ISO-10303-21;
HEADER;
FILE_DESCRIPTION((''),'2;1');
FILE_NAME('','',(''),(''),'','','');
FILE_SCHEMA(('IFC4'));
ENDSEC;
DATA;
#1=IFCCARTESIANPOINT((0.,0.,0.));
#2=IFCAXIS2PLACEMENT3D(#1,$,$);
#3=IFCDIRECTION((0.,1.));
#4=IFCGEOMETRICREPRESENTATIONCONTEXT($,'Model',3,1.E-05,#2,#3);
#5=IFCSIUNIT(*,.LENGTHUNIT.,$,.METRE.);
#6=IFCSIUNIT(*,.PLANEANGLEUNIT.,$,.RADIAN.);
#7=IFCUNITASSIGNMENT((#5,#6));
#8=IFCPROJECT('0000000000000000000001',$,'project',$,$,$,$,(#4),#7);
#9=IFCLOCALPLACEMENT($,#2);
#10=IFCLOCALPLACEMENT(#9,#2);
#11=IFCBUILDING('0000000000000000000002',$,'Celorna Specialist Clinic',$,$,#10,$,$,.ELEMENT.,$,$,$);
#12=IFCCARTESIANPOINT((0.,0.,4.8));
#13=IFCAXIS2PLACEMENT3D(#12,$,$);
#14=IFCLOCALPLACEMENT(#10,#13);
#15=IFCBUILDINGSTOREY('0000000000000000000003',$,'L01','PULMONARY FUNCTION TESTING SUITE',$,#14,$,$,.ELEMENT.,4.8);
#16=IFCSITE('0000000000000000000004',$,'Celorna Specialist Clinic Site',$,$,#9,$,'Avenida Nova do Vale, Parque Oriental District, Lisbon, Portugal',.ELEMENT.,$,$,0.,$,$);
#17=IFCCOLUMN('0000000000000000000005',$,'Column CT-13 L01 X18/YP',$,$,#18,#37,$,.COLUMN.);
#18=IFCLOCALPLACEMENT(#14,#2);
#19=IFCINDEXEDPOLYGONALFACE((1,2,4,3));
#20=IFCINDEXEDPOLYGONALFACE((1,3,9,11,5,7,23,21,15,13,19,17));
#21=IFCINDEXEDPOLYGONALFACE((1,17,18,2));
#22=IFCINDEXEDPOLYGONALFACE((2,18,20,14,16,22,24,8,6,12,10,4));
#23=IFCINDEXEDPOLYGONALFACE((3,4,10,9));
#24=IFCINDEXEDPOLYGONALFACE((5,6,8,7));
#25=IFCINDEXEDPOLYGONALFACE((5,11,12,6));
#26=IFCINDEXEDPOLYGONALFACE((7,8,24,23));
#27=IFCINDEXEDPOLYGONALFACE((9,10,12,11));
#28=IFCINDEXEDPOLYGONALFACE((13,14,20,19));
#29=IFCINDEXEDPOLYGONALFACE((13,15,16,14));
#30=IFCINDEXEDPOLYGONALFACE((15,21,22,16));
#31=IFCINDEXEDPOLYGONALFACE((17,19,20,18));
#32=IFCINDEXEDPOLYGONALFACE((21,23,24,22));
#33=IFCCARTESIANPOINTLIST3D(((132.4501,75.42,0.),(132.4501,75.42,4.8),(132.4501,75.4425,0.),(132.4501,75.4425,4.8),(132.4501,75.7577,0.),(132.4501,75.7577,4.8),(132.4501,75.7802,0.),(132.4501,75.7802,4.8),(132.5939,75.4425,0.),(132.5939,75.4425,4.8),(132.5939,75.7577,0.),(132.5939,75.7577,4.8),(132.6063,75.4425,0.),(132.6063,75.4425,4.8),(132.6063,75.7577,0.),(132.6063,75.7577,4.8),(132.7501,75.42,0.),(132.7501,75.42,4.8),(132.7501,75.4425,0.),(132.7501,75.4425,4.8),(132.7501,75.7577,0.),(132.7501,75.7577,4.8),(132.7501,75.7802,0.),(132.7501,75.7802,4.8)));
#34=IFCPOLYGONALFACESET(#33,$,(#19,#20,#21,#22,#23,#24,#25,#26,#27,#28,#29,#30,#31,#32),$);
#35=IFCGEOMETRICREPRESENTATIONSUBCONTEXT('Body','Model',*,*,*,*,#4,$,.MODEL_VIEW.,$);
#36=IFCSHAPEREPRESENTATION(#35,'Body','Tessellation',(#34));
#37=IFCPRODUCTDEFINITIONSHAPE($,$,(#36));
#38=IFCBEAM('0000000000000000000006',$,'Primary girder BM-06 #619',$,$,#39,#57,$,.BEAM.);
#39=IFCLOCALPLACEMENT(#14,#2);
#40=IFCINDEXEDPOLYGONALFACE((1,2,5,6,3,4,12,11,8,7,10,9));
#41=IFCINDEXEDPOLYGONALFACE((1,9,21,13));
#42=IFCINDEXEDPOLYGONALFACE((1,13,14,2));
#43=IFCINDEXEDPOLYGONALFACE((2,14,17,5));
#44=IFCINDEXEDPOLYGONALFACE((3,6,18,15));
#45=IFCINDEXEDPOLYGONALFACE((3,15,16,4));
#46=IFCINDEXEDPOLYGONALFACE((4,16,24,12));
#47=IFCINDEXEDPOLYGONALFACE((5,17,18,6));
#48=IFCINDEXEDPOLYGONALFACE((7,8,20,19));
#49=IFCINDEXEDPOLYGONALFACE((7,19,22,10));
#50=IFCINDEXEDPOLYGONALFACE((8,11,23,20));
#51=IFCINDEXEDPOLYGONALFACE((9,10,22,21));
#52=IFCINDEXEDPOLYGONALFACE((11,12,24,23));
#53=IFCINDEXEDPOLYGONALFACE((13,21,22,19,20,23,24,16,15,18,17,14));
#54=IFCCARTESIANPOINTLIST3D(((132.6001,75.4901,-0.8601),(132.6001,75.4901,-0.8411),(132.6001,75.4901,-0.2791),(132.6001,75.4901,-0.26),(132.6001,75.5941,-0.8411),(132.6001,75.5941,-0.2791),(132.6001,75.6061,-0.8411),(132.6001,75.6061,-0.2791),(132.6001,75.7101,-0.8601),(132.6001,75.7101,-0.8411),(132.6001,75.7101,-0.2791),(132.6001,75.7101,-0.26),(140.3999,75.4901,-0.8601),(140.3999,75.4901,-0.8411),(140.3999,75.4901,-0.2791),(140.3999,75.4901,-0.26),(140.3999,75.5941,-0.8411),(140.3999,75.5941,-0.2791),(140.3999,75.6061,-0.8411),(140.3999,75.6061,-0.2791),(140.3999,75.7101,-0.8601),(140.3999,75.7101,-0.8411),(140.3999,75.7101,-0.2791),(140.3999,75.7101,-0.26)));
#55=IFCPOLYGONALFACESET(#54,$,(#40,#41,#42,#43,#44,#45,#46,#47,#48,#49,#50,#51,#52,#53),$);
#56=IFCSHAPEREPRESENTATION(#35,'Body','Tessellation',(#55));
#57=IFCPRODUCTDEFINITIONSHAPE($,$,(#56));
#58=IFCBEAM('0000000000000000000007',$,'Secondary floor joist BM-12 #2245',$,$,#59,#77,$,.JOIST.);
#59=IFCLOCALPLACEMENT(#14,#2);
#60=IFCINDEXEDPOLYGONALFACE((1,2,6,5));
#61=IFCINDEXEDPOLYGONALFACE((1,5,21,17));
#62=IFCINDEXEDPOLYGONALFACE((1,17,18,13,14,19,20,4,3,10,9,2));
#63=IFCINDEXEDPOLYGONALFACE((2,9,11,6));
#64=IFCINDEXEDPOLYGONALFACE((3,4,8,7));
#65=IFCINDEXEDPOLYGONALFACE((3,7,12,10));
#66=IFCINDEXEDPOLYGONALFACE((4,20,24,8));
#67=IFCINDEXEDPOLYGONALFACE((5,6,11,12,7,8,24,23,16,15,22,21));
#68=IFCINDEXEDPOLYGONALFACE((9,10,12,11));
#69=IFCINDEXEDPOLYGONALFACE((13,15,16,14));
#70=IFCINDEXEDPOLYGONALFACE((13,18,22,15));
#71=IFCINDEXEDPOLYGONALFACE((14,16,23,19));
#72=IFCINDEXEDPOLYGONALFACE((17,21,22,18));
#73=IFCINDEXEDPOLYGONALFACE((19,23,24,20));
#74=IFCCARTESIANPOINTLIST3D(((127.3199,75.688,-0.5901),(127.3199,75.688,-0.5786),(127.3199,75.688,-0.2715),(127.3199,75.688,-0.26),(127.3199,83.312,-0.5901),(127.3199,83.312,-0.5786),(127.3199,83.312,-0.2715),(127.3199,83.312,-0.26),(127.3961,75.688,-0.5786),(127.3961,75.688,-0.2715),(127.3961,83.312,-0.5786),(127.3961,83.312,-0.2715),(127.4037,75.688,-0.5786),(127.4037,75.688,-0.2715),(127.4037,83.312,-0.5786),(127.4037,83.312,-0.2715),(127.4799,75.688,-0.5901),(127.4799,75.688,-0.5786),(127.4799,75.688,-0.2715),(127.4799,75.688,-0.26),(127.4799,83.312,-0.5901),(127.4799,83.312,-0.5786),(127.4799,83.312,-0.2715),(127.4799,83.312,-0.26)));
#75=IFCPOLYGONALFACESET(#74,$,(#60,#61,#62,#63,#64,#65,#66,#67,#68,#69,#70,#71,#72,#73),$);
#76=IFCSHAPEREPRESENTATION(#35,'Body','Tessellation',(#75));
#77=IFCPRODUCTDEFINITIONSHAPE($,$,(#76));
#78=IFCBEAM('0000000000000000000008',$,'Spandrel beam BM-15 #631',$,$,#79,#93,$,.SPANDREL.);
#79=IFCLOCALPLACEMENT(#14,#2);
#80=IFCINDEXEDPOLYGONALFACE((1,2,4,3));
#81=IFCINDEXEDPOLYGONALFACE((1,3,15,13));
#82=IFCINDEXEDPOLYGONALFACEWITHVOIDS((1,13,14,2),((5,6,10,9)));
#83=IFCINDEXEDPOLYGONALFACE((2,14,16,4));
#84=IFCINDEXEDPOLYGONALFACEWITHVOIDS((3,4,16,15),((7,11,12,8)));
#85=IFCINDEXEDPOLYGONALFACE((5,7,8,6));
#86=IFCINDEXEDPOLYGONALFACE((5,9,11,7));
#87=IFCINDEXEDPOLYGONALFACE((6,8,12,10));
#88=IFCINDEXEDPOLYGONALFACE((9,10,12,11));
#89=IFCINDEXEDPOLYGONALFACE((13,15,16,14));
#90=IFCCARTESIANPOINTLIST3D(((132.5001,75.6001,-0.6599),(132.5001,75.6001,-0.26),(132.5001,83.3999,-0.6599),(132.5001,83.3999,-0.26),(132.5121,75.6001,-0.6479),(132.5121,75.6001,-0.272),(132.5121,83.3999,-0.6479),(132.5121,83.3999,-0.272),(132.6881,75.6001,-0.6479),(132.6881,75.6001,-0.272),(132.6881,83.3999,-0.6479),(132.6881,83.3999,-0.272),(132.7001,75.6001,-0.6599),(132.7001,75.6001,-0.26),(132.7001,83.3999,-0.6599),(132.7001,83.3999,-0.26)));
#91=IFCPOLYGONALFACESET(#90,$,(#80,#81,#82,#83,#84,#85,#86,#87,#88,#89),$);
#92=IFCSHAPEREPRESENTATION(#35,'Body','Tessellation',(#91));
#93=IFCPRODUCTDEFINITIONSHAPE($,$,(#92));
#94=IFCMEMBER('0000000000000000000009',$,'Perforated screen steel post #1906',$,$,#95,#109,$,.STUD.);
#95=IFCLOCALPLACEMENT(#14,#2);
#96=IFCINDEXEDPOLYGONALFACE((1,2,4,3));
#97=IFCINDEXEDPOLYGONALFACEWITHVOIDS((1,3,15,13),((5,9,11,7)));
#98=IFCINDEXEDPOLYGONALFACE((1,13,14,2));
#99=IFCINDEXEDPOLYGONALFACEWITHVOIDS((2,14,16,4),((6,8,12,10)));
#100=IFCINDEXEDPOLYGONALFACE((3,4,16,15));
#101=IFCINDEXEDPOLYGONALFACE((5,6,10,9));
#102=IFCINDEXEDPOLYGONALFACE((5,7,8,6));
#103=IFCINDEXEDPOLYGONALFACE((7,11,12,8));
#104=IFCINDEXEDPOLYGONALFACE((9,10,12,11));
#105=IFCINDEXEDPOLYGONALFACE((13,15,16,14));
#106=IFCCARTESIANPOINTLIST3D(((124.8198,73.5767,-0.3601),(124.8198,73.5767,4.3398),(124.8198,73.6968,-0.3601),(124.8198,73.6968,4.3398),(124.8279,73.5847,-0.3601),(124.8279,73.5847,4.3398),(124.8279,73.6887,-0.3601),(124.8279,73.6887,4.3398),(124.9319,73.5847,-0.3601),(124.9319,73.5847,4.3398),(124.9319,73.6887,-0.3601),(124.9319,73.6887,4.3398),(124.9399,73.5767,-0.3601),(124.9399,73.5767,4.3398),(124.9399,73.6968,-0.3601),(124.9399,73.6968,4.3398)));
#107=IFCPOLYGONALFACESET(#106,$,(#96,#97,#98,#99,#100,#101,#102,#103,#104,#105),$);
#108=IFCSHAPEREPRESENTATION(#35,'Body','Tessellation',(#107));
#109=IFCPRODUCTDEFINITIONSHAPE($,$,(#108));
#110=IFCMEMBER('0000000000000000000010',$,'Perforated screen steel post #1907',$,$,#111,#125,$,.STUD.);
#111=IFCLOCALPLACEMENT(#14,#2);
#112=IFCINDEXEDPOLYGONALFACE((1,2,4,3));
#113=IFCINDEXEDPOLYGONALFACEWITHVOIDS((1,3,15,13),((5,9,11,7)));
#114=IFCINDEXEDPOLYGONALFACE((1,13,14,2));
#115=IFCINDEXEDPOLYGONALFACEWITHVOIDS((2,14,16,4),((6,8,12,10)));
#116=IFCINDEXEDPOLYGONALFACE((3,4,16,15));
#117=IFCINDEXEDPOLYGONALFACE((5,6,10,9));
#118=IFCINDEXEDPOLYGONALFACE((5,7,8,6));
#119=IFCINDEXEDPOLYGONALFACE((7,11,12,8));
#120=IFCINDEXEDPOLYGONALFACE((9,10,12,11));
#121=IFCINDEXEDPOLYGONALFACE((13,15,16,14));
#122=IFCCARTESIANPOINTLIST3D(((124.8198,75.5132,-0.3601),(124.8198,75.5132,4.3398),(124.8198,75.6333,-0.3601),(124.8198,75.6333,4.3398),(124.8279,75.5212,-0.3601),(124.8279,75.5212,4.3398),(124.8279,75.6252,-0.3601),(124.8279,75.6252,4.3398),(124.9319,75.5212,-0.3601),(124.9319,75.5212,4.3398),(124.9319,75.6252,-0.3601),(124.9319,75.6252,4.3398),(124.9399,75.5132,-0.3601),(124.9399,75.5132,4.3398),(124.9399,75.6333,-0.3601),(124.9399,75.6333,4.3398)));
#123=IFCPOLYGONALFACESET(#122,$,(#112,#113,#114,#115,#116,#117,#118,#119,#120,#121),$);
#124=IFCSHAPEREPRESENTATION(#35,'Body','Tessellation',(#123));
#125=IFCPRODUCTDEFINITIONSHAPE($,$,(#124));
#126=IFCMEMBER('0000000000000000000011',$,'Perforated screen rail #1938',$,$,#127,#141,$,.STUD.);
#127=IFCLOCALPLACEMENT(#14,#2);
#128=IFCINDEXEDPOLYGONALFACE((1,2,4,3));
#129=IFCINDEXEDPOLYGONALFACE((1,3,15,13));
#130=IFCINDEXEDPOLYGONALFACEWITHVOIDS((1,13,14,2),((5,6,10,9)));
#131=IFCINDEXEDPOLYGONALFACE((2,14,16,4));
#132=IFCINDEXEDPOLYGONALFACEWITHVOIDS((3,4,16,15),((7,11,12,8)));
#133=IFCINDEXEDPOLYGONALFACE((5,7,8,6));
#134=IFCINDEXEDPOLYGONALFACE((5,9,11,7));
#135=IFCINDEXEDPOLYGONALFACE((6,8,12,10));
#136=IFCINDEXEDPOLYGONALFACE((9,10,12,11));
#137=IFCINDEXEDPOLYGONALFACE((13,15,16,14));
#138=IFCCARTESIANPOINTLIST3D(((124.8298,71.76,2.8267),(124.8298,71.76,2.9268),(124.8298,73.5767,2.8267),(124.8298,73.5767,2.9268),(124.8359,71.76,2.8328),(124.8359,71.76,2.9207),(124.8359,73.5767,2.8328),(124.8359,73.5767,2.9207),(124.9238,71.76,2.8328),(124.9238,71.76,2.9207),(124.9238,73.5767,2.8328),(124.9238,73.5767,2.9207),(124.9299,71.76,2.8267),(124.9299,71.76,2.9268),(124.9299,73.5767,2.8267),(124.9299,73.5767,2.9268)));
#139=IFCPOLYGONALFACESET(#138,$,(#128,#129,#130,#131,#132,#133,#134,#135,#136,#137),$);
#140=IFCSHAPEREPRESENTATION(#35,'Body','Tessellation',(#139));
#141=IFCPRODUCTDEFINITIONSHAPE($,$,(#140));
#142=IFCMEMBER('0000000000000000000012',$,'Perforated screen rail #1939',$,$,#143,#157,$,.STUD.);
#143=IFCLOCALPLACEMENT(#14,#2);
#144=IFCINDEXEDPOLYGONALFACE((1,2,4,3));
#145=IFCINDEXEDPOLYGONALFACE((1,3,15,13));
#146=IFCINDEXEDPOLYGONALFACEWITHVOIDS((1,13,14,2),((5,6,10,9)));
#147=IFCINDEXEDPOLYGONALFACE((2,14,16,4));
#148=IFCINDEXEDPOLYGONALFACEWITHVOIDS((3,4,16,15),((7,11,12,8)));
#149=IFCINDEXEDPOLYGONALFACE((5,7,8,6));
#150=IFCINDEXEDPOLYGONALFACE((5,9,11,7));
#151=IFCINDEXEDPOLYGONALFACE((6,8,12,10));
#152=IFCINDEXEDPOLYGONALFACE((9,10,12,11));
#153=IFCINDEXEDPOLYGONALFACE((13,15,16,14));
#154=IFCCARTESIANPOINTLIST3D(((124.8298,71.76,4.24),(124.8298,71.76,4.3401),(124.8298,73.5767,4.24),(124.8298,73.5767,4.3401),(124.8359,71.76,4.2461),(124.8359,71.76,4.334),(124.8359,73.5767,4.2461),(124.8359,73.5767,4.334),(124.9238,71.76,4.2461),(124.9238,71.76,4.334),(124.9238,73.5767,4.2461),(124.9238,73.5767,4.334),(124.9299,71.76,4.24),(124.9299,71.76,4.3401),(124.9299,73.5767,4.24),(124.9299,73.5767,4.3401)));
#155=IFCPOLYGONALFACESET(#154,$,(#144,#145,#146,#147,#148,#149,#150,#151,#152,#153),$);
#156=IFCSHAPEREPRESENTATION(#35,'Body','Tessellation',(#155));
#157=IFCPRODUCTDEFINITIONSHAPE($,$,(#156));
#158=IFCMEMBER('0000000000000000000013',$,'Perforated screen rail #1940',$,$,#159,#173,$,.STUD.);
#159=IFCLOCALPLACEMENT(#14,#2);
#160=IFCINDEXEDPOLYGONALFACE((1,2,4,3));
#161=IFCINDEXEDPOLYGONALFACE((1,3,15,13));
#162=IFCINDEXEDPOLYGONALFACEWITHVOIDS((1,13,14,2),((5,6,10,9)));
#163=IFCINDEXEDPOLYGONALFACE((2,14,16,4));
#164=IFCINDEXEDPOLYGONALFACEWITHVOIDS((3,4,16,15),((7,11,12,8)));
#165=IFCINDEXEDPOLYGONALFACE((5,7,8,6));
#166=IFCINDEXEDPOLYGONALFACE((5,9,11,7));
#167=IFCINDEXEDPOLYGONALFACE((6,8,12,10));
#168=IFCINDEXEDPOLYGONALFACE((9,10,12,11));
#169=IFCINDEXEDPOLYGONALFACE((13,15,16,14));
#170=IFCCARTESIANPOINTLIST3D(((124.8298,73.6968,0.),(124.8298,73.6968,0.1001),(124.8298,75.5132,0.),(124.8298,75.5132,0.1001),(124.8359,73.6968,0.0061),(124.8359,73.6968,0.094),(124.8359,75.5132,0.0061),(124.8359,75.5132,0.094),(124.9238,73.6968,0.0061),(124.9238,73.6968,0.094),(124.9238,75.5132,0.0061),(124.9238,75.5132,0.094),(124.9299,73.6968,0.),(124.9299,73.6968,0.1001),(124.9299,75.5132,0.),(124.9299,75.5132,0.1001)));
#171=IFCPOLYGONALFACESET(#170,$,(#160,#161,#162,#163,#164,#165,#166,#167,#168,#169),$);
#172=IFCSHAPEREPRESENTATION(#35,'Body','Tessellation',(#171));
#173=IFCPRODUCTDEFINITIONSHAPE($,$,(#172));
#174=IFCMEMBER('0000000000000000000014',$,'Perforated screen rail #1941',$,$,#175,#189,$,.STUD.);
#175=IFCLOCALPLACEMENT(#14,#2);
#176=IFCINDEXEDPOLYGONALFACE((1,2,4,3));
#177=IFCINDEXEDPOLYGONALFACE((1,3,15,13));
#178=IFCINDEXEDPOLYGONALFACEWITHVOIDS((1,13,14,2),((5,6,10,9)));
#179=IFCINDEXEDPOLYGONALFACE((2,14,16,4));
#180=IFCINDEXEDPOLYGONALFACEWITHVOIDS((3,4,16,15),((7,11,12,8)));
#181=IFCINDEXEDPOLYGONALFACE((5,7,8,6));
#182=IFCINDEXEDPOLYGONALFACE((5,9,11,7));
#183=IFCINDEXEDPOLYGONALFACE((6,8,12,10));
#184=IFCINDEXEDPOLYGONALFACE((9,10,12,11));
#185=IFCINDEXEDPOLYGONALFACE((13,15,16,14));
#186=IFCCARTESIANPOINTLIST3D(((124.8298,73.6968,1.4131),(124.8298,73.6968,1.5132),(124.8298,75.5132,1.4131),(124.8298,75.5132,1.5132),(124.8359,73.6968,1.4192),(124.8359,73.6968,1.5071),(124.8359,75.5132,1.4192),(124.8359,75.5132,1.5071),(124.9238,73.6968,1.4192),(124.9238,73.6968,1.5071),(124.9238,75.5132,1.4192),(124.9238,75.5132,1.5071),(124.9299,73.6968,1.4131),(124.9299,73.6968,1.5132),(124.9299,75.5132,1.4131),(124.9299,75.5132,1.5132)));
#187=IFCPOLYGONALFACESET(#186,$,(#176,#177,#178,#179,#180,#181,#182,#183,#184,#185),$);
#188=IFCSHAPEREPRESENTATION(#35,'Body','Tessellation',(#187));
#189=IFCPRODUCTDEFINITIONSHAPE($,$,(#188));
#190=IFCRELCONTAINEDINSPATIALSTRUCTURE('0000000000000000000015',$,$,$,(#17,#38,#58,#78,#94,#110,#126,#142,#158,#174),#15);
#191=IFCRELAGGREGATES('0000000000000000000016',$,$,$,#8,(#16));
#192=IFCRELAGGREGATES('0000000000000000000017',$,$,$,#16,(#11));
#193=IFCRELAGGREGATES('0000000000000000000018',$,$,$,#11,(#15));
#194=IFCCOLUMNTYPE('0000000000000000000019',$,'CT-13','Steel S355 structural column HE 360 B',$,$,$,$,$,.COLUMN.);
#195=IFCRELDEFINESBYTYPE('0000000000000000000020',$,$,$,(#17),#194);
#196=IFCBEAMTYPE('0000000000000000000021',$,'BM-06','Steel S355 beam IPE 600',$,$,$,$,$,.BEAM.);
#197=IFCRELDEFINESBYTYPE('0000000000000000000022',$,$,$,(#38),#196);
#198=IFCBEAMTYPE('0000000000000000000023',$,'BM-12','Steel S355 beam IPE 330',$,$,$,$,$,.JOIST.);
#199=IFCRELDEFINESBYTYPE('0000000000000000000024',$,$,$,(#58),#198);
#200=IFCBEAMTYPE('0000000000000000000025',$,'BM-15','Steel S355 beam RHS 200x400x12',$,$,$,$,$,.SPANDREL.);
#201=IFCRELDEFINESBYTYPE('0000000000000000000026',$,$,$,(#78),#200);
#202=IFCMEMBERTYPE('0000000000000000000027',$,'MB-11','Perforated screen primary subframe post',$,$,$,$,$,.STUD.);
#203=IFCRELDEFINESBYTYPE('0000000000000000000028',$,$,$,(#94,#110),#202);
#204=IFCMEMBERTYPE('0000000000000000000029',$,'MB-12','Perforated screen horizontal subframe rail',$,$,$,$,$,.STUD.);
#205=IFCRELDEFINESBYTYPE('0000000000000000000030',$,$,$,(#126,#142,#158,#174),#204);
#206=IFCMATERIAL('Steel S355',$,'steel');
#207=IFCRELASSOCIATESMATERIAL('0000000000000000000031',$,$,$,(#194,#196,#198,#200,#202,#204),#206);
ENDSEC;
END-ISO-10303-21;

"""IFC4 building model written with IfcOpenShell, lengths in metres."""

from ifc_helpers import new_model, si_unit, direction, frame, origin, origin_2d, place, context, subcontext, project, spatial, hollow_rectangle, i_section, extrude, material, material_profile, profile_set, type_object, element, save


model = new_model("IFC4")

# Units and contexts
model_context = context("Model", 3, precision=1e-05, world=origin(), true_north=direction((0.0, 1.0)))
body_context = subcontext(model_context, "Body", "Model", "MODEL_VIEW")
ifc_project = project(units=[si_unit("LENGTHUNIT", "METRE"), si_unit("PLANEANGLEUNIT", "RADIAN")], contexts=[model_context])

# Site, building, storey
site_placement = place(None, origin())
site = spatial("IfcSite", under=ifc_project, at=site_placement, Name="Celorna Specialist Clinic Site", LongName="Avenida Nova do Vale, Parque Oriental District, Lisbon, Portugal", CompositionType="ELEMENT", RefElevation=0.0)
building_placement = place(site_placement, origin())
building = spatial("IfcBuilding", under=site, at=building_placement, Name="Celorna Specialist Clinic", CompositionType="ELEMENT")
storey_placement = place(building_placement, frame((0.0, 0.0, 4.8)))
storey = spatial("IfcBuildingStorey", under=building, at=storey_placement, Name="L01", Description="PULMONARY FUNCTION TESTING SUITE", CompositionType="ELEMENT", Elevation=4.8)

# Column
ifc_material_1 = material(Name="Steel S355", Category="steel")
ifc_material_profile_1 = material_profile(ifc_material_1, i_section(OverallWidth=0.3, OverallDepth=0.3601, WebThickness=0.0125, FlangeThickness=0.0225, at=origin_2d()), Name="HE 360 B")
ifc_profile_set_1 = profile_set([ifc_material_profile_1], Name="Steel S355")
column_type = type_object("IfcColumnType", Name="CT-13", Description="Steel S355 structural column HE 360 B", PredefinedType="COLUMN", material=ifc_profile_set_1)
column_placement = place(storey_placement, frame((132.6001, 75.6001, 0.0), z_axis=(0.0, 0.0, 1.0), x_axis=(1.0, 0.0, 0.0)))
element("IfcColumn", 1, at=column_placement, inside=storey, type_object=column_type, Name="Column CT-13 L01 X18/YP", PredefinedType="COLUMN", context=body_context, shape_type="SweptSolid", body=[
    extrude(i_section(OverallWidth=0.3, OverallDepth=0.3601, WebThickness=0.0125, FlangeThickness=0.0225, at=origin_2d()), origin(), (0.0, 0.0, 1.0), 4.8),
])

# Beams
ifc_material_profile_2 = material_profile(ifc_material_1, i_section(OverallWidth=0.22, OverallDepth=0.6001, WebThickness=0.012, FlangeThickness=0.019, at=origin_2d()), Name="IPE 600")
ifc_profile_set_2 = profile_set([ifc_material_profile_2], Name="Steel S355")
beam_type_1 = type_object("IfcBeamType", Name="BM-06", Description="Steel S355 beam IPE 600", PredefinedType="BEAM", material=ifc_profile_set_2)
beam_1_placement = place(storey_placement, frame((132.6001, 75.6001, -0.5601), z_axis=(1.0, 0.0, 0.0), x_axis=(0.0, 1.0, 0.0)))
element("IfcBeam", 2, at=beam_1_placement, inside=storey, type_object=beam_type_1, Name="Primary girder BM-06 #619", PredefinedType="BEAM", context=body_context, shape_type="SweptSolid", body=[
    extrude(i_section(OverallWidth=0.22, OverallDepth=0.6001, WebThickness=0.012, FlangeThickness=0.019, at=origin_2d()), origin(), (0.0, 0.0, 1.0), 7.7998),
])
ifc_material_profile_3 = material_profile(ifc_material_1, i_section(OverallWidth=0.1599, OverallDepth=0.3301, WebThickness=0.0076, FlangeThickness=0.0115, at=origin_2d()), Name="IPE 330")
ifc_profile_set_3 = profile_set([ifc_material_profile_3], Name="Steel S355")
beam_type_2 = type_object("IfcBeamType", Name="BM-12", Description="Steel S355 beam IPE 330", PredefinedType="JOIST", material=ifc_profile_set_3)
beam_2_placement = place(storey_placement, frame((127.3999, 75.688, -0.425), z_axis=(0.0, 1.0, 0.0), x_axis=(-1.0, 0.0, 0.0)))
element("IfcBeam", 3, at=beam_2_placement, inside=storey, type_object=beam_type_2, Name="Secondary floor joist BM-12 #2245", PredefinedType="JOIST", context=body_context, shape_type="SweptSolid", body=[
    extrude(i_section(OverallWidth=0.1599, OverallDepth=0.3301, WebThickness=0.0076, FlangeThickness=0.0115, at=origin_2d()), origin(), (0.0, 0.0, 1.0), 7.624),
])
ifc_material_profile_4 = material_profile(ifc_material_1, hollow_rectangle(XDim=0.2, YDim=0.3999, WallThickness=0.012, at=origin_2d()), Name="RHS 200x400x12")
ifc_profile_set_4 = profile_set([ifc_material_profile_4], Name="Steel S355")
beam_type_3 = type_object("IfcBeamType", Name="BM-15", Description="Steel S355 beam RHS 200x400x12", PredefinedType="SPANDREL", material=ifc_profile_set_4)
beam_3_placement = place(storey_placement, frame((132.6001, 75.6001, -0.46), z_axis=(0.0, 1.0, 0.0), x_axis=(-1.0, 0.0, 0.0)))
element("IfcBeam", 4, at=beam_3_placement, inside=storey, type_object=beam_type_3, Name="Spandrel beam BM-15 #631", PredefinedType="SPANDREL", context=body_context, shape_type="SweptSolid", body=[
    extrude(hollow_rectangle(XDim=0.2, YDim=0.3999, WallThickness=0.012, at=origin_2d()), origin(), (0.0, 0.0, 1.0), 7.7998),
])

# Members
ifc_material_profile_5 = material_profile(ifc_material_1, hollow_rectangle(XDim=0.1201, YDim=0.1201, WallThickness=0.0081, at=origin_2d()), Name="SHS 120x120x8")
ifc_profile_set_5 = profile_set([ifc_material_profile_5], Name="Steel S355")
member_type_1 = type_object("IfcMemberType", Name="MB-11", Description="Perforated screen primary subframe post", PredefinedType="STUD", material=ifc_profile_set_5)
for number, where, z_axis, x_axis, name in (
    (5, (124.8799, 73.6367, -0.3601), (0.0, 0.0, 1.0), (1.0, 0.0, 0.0), "Perforated screen steel post #1906"),
    (6, (124.8799, 75.5732, -0.3601), (0.0, 0.0, 1.0), (1.0, 0.0, 0.0), "Perforated screen steel post #1907"),
):
    element("IfcMember", number, at=place(storey_placement, frame(where, z_axis=z_axis, x_axis=x_axis)), inside=storey, type_object=member_type_1, Name=name, PredefinedType="STUD", context=body_context, shape_type="SweptSolid", body=[
        extrude(hollow_rectangle(XDim=0.1201, YDim=0.1201, WallThickness=0.0081, at=origin_2d()), origin(), (0.0, 0.0, 1.0), 4.7),
    ])
ifc_material_profile_6 = material_profile(ifc_material_1, hollow_rectangle(XDim=0.1001, YDim=0.1001, WallThickness=0.0061, at=origin_2d()), Name="SHS 100x100x6")
ifc_profile_set_6 = profile_set([ifc_material_profile_6], Name="Steel S355")
member_type_2 = type_object("IfcMemberType", Name="MB-12", Description="Perforated screen horizontal subframe rail", PredefinedType="STUD", material=ifc_profile_set_6)
for number, where, z_axis, x_axis, name in (
    (7, (124.8799, 71.76, 2.8767), (0.0, 1.0, 0.0), (-1.0, 0.0, 0.0), "Perforated screen rail #1938"),
    (8, (124.8799, 71.76, 4.29), (0.0, 1.0, 0.0), (-1.0, 0.0, 0.0), "Perforated screen rail #1939"),
):
    element("IfcMember", number, at=place(storey_placement, frame(where, z_axis=z_axis, x_axis=x_axis)), inside=storey, type_object=member_type_2, Name=name, PredefinedType="STUD", context=body_context, shape_type="SweptSolid", body=[
        extrude(hollow_rectangle(XDim=0.1001, YDim=0.1001, WallThickness=0.0061, at=origin_2d()), origin(), (0.0, 0.0, 1.0), 1.8167),
    ])
for number, where, z_axis, x_axis, name in (
    (9, (124.8799, 73.6968, 0.05), (0.0, 1.0, 0.0), (-1.0, 0.0, 0.0), "Perforated screen rail #1940"),
    (10, (124.8799, 73.6968, 1.4631), (0.0, 1.0, 0.0), (-1.0, 0.0, 0.0), "Perforated screen rail #1941"),
):
    element("IfcMember", number, at=place(storey_placement, frame(where, z_axis=z_axis, x_axis=x_axis)), inside=storey, type_object=member_type_2, Name=name, PredefinedType="STUD", context=body_context, shape_type="SweptSolid", body=[
        extrude(hollow_rectangle(XDim=0.1001, YDim=0.1001, WallThickness=0.0061, at=origin_2d()), origin(), (0.0, 0.0, 1.0), 1.8164),
    ])

save(model, "model.ifc")
